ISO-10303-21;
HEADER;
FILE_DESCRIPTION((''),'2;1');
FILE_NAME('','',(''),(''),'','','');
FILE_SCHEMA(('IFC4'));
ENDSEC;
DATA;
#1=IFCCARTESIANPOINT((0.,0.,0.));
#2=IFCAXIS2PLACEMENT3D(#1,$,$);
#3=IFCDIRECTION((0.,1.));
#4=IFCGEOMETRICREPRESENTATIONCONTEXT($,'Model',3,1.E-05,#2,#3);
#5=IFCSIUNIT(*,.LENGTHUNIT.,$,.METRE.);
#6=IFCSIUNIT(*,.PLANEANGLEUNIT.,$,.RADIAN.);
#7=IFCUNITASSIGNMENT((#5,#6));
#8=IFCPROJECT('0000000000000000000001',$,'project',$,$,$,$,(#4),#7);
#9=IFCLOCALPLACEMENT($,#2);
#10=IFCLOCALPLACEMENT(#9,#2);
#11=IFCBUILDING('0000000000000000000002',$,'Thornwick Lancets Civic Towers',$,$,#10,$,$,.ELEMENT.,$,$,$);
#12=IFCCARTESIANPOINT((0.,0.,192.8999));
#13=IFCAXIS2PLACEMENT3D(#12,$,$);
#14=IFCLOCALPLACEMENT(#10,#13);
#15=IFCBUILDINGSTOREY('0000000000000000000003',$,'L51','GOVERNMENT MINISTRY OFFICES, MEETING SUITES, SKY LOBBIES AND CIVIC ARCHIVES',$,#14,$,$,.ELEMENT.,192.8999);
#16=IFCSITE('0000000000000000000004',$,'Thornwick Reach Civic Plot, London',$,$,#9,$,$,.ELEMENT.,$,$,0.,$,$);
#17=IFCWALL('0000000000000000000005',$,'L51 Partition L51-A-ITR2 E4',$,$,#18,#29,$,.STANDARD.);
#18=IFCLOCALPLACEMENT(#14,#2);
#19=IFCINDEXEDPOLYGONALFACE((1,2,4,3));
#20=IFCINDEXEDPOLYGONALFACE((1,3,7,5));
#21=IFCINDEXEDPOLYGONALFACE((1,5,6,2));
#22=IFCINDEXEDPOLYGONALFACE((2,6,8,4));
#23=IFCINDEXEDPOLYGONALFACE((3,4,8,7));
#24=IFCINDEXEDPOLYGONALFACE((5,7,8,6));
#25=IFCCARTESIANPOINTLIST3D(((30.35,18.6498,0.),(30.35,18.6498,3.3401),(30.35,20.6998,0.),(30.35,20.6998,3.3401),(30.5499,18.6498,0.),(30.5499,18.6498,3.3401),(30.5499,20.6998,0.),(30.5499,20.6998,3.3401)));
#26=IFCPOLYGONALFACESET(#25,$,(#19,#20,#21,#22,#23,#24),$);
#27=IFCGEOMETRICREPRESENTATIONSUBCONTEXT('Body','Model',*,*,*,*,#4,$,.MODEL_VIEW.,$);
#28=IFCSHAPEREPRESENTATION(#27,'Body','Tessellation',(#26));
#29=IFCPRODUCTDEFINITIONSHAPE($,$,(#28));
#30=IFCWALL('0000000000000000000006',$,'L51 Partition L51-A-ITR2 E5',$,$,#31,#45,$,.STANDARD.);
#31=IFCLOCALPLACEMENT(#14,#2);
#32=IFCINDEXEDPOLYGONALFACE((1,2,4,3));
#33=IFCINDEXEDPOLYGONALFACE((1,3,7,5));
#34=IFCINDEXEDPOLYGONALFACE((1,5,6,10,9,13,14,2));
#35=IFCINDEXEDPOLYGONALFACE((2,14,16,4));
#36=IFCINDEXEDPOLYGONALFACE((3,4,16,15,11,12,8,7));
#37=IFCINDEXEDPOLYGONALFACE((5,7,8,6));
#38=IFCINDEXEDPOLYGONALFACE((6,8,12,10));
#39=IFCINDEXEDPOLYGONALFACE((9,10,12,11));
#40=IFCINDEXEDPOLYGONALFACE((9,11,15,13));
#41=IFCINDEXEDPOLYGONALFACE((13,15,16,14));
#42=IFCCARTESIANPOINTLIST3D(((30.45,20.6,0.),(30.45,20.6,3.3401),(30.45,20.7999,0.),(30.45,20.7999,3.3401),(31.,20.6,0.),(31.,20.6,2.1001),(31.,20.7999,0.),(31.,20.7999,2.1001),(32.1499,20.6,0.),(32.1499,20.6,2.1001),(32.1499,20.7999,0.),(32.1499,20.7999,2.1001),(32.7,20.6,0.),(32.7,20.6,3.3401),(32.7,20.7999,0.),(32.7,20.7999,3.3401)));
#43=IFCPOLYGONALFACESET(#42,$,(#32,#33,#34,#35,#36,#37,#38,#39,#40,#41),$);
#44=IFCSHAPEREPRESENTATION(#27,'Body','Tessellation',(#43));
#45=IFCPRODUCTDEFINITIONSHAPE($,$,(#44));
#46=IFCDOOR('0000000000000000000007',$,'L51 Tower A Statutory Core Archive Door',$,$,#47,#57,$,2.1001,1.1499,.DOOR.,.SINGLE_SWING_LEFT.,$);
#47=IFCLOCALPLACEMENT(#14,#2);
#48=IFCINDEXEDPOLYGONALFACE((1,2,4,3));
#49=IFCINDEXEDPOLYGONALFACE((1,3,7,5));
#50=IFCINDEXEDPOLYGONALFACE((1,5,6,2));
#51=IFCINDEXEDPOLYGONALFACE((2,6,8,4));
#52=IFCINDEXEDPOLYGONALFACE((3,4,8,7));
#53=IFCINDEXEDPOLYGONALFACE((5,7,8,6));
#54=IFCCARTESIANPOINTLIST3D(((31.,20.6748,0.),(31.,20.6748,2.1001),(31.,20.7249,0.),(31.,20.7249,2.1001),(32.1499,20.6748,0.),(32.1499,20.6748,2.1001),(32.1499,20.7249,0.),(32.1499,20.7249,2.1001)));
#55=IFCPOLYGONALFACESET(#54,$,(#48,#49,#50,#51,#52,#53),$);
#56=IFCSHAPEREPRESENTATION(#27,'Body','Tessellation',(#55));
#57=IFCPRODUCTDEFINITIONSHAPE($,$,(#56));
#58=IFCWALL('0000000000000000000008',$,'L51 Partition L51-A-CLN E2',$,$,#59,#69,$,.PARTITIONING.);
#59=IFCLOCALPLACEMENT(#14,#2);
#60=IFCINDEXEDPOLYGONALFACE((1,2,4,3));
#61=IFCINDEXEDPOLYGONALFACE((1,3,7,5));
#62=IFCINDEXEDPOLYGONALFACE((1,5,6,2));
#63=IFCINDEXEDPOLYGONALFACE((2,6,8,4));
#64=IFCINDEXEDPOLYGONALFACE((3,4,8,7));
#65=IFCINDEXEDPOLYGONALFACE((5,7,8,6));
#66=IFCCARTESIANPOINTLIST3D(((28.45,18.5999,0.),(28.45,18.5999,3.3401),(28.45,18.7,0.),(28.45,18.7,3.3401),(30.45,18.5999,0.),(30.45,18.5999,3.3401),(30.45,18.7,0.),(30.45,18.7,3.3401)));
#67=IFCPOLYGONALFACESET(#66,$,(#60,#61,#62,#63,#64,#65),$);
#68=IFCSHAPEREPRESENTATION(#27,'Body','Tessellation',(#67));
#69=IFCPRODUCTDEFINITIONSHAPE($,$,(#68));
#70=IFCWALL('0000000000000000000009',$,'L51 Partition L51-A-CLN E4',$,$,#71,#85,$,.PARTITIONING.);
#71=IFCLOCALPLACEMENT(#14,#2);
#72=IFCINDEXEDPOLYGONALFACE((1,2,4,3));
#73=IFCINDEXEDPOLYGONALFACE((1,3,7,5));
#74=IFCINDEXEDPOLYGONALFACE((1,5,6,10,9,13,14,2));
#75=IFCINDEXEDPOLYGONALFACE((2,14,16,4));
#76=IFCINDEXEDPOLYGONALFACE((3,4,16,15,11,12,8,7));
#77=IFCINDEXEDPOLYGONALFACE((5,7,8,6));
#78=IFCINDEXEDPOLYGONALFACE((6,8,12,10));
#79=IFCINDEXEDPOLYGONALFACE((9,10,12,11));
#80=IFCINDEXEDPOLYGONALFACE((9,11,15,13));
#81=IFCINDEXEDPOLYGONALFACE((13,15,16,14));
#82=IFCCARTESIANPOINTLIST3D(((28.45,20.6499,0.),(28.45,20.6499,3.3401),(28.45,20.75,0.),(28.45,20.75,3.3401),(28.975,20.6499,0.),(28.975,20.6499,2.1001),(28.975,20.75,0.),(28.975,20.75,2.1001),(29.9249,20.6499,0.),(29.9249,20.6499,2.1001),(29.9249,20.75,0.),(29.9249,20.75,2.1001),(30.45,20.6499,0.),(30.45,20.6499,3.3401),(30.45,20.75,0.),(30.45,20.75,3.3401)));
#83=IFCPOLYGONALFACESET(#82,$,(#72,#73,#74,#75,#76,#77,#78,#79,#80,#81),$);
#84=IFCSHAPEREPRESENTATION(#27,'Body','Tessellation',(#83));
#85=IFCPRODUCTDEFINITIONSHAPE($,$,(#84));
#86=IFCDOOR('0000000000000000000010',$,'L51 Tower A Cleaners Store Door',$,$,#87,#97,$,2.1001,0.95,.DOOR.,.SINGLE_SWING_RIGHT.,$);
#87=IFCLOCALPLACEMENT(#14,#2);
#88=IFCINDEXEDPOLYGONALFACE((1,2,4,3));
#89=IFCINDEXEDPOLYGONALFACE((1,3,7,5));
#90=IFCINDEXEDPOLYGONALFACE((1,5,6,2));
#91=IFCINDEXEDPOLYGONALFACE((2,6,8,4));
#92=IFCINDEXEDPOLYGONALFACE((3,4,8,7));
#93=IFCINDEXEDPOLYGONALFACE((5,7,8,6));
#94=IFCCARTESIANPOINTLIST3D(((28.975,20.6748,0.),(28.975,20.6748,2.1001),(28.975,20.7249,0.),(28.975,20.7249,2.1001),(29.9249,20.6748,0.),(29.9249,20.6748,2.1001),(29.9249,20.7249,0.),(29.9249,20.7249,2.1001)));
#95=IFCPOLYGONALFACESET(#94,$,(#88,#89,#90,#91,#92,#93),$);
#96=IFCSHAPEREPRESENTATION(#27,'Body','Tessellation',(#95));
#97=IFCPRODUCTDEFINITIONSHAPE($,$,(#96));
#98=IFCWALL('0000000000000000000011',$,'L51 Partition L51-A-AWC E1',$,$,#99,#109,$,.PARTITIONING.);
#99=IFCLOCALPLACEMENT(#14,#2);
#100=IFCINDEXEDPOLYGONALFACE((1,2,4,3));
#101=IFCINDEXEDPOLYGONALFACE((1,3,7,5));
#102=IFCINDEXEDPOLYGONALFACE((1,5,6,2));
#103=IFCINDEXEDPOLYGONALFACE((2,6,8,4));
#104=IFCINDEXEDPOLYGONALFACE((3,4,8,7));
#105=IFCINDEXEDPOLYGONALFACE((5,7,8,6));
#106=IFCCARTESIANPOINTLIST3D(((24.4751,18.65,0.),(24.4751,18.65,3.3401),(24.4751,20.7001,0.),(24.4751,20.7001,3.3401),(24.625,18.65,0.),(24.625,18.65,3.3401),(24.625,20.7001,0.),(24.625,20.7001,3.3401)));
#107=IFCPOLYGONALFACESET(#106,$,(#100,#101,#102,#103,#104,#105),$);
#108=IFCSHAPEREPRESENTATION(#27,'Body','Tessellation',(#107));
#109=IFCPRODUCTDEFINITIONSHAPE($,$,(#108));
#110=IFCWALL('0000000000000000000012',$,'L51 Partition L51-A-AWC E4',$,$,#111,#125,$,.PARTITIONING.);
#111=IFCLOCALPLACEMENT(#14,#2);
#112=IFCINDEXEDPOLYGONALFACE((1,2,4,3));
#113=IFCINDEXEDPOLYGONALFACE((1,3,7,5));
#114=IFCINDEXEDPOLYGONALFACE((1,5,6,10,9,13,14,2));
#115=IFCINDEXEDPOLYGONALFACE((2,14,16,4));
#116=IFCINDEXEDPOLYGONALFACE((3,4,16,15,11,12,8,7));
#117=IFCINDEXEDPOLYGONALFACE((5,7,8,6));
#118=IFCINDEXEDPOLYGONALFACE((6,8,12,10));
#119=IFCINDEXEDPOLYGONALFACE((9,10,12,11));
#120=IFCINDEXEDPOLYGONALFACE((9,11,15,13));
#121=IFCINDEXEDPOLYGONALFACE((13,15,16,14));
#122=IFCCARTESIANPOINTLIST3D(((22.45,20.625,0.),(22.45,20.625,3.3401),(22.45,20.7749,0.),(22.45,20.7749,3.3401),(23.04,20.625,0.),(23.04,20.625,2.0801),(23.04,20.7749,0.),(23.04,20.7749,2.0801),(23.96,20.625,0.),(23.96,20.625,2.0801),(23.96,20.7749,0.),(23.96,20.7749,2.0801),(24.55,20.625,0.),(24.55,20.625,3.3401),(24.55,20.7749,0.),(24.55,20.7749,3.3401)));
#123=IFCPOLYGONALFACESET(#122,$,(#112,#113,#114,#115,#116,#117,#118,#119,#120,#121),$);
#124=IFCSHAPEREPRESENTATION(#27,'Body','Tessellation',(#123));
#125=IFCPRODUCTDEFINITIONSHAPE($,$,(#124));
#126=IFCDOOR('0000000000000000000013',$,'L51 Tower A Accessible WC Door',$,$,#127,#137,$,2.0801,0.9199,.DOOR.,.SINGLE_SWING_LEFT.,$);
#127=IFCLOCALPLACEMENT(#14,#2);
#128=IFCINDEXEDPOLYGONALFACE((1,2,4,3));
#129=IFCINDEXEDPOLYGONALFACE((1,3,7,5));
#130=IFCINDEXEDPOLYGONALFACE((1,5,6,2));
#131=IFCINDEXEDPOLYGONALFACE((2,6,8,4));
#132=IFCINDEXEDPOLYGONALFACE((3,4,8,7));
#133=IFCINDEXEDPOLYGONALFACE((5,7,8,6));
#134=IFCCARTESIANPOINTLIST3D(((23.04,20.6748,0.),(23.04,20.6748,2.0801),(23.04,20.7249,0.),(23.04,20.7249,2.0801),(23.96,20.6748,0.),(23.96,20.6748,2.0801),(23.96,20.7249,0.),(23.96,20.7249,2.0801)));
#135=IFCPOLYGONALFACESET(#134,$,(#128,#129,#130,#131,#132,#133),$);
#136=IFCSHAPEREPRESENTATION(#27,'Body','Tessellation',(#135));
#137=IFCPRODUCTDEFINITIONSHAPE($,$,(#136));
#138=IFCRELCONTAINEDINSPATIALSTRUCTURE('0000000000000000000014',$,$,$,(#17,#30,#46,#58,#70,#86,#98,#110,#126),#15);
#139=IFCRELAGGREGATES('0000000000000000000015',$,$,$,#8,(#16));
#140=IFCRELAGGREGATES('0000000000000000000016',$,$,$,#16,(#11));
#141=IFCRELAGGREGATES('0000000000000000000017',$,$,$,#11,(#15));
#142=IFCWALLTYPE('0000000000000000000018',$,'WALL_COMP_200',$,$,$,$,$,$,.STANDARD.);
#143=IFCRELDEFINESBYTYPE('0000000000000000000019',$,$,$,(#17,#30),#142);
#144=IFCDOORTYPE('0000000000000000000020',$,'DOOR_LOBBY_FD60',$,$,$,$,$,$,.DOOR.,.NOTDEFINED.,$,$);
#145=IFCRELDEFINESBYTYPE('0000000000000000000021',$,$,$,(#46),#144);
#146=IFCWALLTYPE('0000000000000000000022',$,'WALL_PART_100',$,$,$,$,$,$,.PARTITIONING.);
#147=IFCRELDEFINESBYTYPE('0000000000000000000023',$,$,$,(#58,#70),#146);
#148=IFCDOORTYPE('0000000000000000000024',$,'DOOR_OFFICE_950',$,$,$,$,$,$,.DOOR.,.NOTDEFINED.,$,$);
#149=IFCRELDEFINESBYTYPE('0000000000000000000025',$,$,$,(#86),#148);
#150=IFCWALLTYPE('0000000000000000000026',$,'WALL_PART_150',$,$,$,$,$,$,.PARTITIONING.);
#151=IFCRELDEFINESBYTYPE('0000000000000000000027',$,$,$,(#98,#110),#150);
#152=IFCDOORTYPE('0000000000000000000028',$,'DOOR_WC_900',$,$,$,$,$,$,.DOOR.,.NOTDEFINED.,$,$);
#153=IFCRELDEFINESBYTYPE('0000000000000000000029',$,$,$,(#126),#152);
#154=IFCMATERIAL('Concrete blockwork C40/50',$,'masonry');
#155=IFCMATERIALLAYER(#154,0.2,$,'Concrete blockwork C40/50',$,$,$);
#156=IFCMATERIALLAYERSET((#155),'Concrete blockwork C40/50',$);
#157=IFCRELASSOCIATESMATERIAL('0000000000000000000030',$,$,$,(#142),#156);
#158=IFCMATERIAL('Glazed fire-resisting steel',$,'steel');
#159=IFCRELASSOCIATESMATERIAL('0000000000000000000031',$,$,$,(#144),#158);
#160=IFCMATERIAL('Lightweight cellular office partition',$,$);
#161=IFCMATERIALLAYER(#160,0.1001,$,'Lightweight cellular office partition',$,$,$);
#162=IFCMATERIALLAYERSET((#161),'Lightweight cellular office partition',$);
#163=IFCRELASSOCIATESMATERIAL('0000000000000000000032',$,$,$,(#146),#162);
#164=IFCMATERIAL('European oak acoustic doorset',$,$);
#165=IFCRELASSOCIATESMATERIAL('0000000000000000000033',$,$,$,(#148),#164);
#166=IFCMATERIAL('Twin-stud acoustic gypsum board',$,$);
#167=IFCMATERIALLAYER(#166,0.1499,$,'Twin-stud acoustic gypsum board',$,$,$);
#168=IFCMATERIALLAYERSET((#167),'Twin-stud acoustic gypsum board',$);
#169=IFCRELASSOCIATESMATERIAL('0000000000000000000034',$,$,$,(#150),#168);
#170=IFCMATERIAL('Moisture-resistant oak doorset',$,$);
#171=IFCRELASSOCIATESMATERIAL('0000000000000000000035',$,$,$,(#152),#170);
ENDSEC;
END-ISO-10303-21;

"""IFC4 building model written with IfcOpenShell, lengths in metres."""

from ifc_helpers import new_model, si_unit, direction, frame, frame_2d, origin, place, context, subcontext, project, spatial, rectangle, extrude, material, layer, layer_set, type_object, element, fill, save


model = new_model("IFC4")

# Units and contexts
model_context = context("Model", 3, precision=1e-05, world=origin(), true_north=direction((0.0, 1.0)))
body_context = subcontext(model_context, "Body", "Model", "MODEL_VIEW")
ifc_project = project(units=[si_unit("LENGTHUNIT", "METRE"), si_unit("PLANEANGLEUNIT", "RADIAN")], contexts=[model_context])

# Site, building, storey
site_placement = place(None, origin())
site = spatial("IfcSite", under=ifc_project, at=site_placement, Name="Thornwick Reach Civic Plot, London", CompositionType="ELEMENT", RefElevation=0.0)
building_placement = place(site_placement, origin())
building = spatial("IfcBuilding", under=site, at=building_placement, Name="Thornwick Lancets Civic Towers", CompositionType="ELEMENT")
storey_placement = place(building_placement, frame((0.0, 0.0, 192.8999)))
storey = spatial("IfcBuildingStorey", under=building, at=storey_placement, Name="L51", Description="GOVERNMENT MINISTRY OFFICES, MEETING SUITES, SKY LOBBIES AND CIVIC ARCHIVES", CompositionType="ELEMENT", Elevation=192.8999)

# Shared definitions
ifc_material_1 = material(Name="Concrete blockwork C40/50", Category="masonry")
ifc_layer_1 = layer(ifc_material_1, 0.2, Name="Concrete blockwork C40/50")
ifc_layer_set_1 = layer_set([ifc_layer_1], Name="Concrete blockwork C40/50")
wall_type_1 = type_object("IfcWallType", Name="WALL_COMP_200", PredefinedType="STANDARD", material=ifc_layer_set_1)

# Wall
wall_1_placement = place(storey_placement, frame((30.45, 18.6499, 0.0), z_axis=(0.0, 0.0, 1.0), x_axis=(0.0, 1.0, 0.0)))
element("IfcWall", 1, at=wall_1_placement, inside=storey, type_object=wall_type_1, Name="L51 Partition L51-A-ITR2 E4", PredefinedType="STANDARD", context=body_context, shape_type="SweptSolid", body=[
    extrude(rectangle(XDim=2.05, YDim=0.2, at=frame_2d((1.0249, 0.0))), origin(), (0.0, 0.0, 1.0), 3.3401),
])

# Wall, opening, door
wall_2_placement = place(storey_placement, frame((30.45, 20.7, 0.0), z_axis=(0.0, 0.0, 1.0), x_axis=(1.0, 0.0, 0.0)))
wall_2 = element("IfcWall", 2, at=wall_2_placement, inside=storey, type_object=wall_type_1, Name="L51 Partition L51-A-ITR2 E5", PredefinedType="STANDARD", context=body_context, shape_type="SweptSolid", body=[
    extrude(rectangle(XDim=2.25, YDim=0.2, at=frame_2d((1.125, 0.0))), origin(), (0.0, 0.0, 1.0), 3.3401),
])
opening_1_placement = place(wall_2_placement, frame((0.55, 0.0, 0.0)))
opening_1 = element("IfcOpeningElement", 3, at=opening_1_placement, cuts=wall_2, PredefinedType="OPENING", context=body_context, shape_type="SweptSolid", body=[
    extrude(rectangle(XDim=1.1499, YDim=2.1001, at=frame_2d((0.575, 1.05))), frame((0.0, 0.1099, 0.0), z_axis=(0.0, -1.0, 0.0), x_axis=(1.0, 0.0, 0.0)), (0.0, 0.0, 1.0), 0.22),
])
ifc_material_2 = material(Name="Glazed fire-resisting steel", Category="steel")
door_type_1 = type_object("IfcDoorType", Name="DOOR_LOBBY_FD60", OperationType="NOTDEFINED", PredefinedType="DOOR", material=ifc_material_2)
door_1_placement = place(opening_1_placement, origin())
door_1 = element("IfcDoor", 4, at=door_1_placement, inside=storey, type_object=door_type_1, Name="L51 Tower A Statutory Core Archive Door", OperationType="SINGLE_SWING_LEFT", OverallHeight=2.1001, OverallWidth=1.1499, PredefinedType="DOOR", context=body_context, shape_type="SweptSolid", body=[
    extrude(rectangle(XDim=1.1499, YDim=2.1001, at=frame_2d((0.575, 1.05))), frame((0.0, 0.0249, 0.0), z_axis=(0.0, -1.0, 0.0), x_axis=(1.0, 0.0, 0.0)), (0.0, 0.0, 1.0), 0.05),
])
fill(opening_1, door_1)

# Wall
ifc_material_3 = material(Name="Lightweight cellular office partition")
ifc_layer_2 = layer(ifc_material_3, 0.1001, Name="Lightweight cellular office partition")
ifc_layer_set_2 = layer_set([ifc_layer_2], Name="Lightweight cellular office partition")
wall_type_2 = type_object("IfcWallType", Name="WALL_PART_100", PredefinedType="PARTITIONING", material=ifc_layer_set_2)
wall_3_placement = place(storey_placement, frame((30.45, 18.6499, 0.0), z_axis=(0.0, 0.0, 1.0), x_axis=(-1.0, 0.0, 0.0)))
element("IfcWall", 5, at=wall_3_placement, inside=storey, type_object=wall_type_2, Name="L51 Partition L51-A-CLN E2", PredefinedType="PARTITIONING", context=body_context, shape_type="SweptSolid", body=[
    extrude(rectangle(XDim=2.0, YDim=0.1001, at=frame_2d((1.0, 0.0))), origin(), (0.0, 0.0, 1.0), 3.3401),
])

# Wall, opening, door
wall_4_placement = place(storey_placement, frame((28.45, 20.7, 0.0), z_axis=(0.0, 0.0, 1.0), x_axis=(1.0, 0.0, 0.0)))
wall_4 = element("IfcWall", 6, at=wall_4_placement, inside=storey, type_object=wall_type_2, Name="L51 Partition L51-A-CLN E4", PredefinedType="PARTITIONING", context=body_context, shape_type="SweptSolid", body=[
    extrude(rectangle(XDim=2.0, YDim=0.1001, at=frame_2d((1.0, 0.0))), origin(), (0.0, 0.0, 1.0), 3.3401),
])
opening_2_placement = place(wall_4_placement, frame((0.5249, 0.0, 0.0)))
opening_2 = element("IfcOpeningElement", 7, at=opening_2_placement, cuts=wall_4, PredefinedType="OPENING", context=body_context, shape_type="SweptSolid", body=[
    extrude(rectangle(XDim=0.95, YDim=2.1001, at=frame_2d((0.4751, 1.05))), frame((0.0, 0.0601, 0.0), z_axis=(0.0, -1.0, 0.0), x_axis=(1.0, 0.0, 0.0)), (0.0, 0.0, 1.0), 0.1201),
])
ifc_material_4 = material(Name="European oak acoustic doorset")
door_type_2 = type_object("IfcDoorType", Name="DOOR_OFFICE_950", OperationType="NOTDEFINED", PredefinedType="DOOR", material=ifc_material_4)
door_2_placement = place(opening_2_placement, origin())
door_2 = element("IfcDoor", 8, at=door_2_placement, inside=storey, type_object=door_type_2, Name="L51 Tower A Cleaners Store Door", OperationType="SINGLE_SWING_RIGHT", OverallHeight=2.1001, OverallWidth=0.95, PredefinedType="DOOR", context=body_context, shape_type="SweptSolid", body=[
    extrude(rectangle(XDim=0.95, YDim=2.1001, at=frame_2d((0.4751, 1.05))), frame((0.0, 0.0249, 0.0), z_axis=(0.0, -1.0, 0.0), x_axis=(1.0, 0.0, 0.0)), (0.0, 0.0, 1.0), 0.05),
])
fill(opening_2, door_2)

# Wall
ifc_material_5 = material(Name="Twin-stud acoustic gypsum board")
ifc_layer_3 = layer(ifc_material_5, 0.1499, Name="Twin-stud acoustic gypsum board")
ifc_layer_set_3 = layer_set([ifc_layer_3], Name="Twin-stud acoustic gypsum board")
wall_type_3 = type_object("IfcWallType", Name="WALL_PART_150", PredefinedType="PARTITIONING", material=ifc_layer_set_3)
wall_5_placement = place(storey_placement, frame((24.55, 20.7, 0.0), z_axis=(0.0, 0.0, 1.0), x_axis=(0.0, -1.0, 0.0)))
element("IfcWall", 9, at=wall_5_placement, inside=storey, type_object=wall_type_3, Name="L51 Partition L51-A-AWC E1", PredefinedType="PARTITIONING", context=body_context, shape_type="SweptSolid", body=[
    extrude(rectangle(XDim=2.05, YDim=0.1499, at=frame_2d((1.0249, 0.0))), origin(), (0.0, 0.0, 1.0), 3.3401),
])

# Wall, opening, door
wall_6_placement = place(storey_placement, frame((22.45, 20.7, 0.0), z_axis=(0.0, 0.0, 1.0), x_axis=(1.0, 0.0, 0.0)))
wall_6 = element("IfcWall", 10, at=wall_6_placement, inside=storey, type_object=wall_type_3, Name="L51 Partition L51-A-AWC E4", PredefinedType="PARTITIONING", context=body_context, shape_type="SweptSolid", body=[
    extrude(rectangle(XDim=2.1001, YDim=0.1499, at=frame_2d((1.05, 0.0))), origin(), (0.0, 0.0, 1.0), 3.3401),
])
opening_3_placement = place(wall_6_placement, frame((0.5901, 0.0, 0.0)))
opening_3 = element("IfcOpeningElement", 11, at=opening_3_placement, cuts=wall_6, PredefinedType="OPENING", context=body_context, shape_type="SweptSolid", body=[
    extrude(rectangle(XDim=0.9199, YDim=2.0801, at=frame_2d((0.46, 1.04))), frame((0.0, 0.085, 0.0), z_axis=(0.0, -1.0, 0.0), x_axis=(1.0, 0.0, 0.0)), (0.0, 0.0, 1.0), 0.1699),
])
ifc_material_6 = material(Name="Moisture-resistant oak doorset")
door_type_3 = type_object("IfcDoorType", Name="DOOR_WC_900", OperationType="NOTDEFINED", PredefinedType="DOOR", material=ifc_material_6)
door_3_placement = place(opening_3_placement, origin())
door_3 = element("IfcDoor", 12, at=door_3_placement, inside=storey, type_object=door_type_3, Name="L51 Tower A Accessible WC Door", OperationType="SINGLE_SWING_LEFT", OverallHeight=2.0801, OverallWidth=0.9199, PredefinedType="DOOR", context=body_context, shape_type="SweptSolid", body=[
    extrude(rectangle(XDim=0.9199, YDim=2.0801, at=frame_2d((0.46, 1.04))), frame((0.0, 0.0249, 0.0), z_axis=(0.0, -1.0, 0.0), x_axis=(1.0, 0.0, 0.0)), (0.0, 0.0, 1.0), 0.05),
])
fill(opening_3, door_3)

save(model, "model.ifc")
